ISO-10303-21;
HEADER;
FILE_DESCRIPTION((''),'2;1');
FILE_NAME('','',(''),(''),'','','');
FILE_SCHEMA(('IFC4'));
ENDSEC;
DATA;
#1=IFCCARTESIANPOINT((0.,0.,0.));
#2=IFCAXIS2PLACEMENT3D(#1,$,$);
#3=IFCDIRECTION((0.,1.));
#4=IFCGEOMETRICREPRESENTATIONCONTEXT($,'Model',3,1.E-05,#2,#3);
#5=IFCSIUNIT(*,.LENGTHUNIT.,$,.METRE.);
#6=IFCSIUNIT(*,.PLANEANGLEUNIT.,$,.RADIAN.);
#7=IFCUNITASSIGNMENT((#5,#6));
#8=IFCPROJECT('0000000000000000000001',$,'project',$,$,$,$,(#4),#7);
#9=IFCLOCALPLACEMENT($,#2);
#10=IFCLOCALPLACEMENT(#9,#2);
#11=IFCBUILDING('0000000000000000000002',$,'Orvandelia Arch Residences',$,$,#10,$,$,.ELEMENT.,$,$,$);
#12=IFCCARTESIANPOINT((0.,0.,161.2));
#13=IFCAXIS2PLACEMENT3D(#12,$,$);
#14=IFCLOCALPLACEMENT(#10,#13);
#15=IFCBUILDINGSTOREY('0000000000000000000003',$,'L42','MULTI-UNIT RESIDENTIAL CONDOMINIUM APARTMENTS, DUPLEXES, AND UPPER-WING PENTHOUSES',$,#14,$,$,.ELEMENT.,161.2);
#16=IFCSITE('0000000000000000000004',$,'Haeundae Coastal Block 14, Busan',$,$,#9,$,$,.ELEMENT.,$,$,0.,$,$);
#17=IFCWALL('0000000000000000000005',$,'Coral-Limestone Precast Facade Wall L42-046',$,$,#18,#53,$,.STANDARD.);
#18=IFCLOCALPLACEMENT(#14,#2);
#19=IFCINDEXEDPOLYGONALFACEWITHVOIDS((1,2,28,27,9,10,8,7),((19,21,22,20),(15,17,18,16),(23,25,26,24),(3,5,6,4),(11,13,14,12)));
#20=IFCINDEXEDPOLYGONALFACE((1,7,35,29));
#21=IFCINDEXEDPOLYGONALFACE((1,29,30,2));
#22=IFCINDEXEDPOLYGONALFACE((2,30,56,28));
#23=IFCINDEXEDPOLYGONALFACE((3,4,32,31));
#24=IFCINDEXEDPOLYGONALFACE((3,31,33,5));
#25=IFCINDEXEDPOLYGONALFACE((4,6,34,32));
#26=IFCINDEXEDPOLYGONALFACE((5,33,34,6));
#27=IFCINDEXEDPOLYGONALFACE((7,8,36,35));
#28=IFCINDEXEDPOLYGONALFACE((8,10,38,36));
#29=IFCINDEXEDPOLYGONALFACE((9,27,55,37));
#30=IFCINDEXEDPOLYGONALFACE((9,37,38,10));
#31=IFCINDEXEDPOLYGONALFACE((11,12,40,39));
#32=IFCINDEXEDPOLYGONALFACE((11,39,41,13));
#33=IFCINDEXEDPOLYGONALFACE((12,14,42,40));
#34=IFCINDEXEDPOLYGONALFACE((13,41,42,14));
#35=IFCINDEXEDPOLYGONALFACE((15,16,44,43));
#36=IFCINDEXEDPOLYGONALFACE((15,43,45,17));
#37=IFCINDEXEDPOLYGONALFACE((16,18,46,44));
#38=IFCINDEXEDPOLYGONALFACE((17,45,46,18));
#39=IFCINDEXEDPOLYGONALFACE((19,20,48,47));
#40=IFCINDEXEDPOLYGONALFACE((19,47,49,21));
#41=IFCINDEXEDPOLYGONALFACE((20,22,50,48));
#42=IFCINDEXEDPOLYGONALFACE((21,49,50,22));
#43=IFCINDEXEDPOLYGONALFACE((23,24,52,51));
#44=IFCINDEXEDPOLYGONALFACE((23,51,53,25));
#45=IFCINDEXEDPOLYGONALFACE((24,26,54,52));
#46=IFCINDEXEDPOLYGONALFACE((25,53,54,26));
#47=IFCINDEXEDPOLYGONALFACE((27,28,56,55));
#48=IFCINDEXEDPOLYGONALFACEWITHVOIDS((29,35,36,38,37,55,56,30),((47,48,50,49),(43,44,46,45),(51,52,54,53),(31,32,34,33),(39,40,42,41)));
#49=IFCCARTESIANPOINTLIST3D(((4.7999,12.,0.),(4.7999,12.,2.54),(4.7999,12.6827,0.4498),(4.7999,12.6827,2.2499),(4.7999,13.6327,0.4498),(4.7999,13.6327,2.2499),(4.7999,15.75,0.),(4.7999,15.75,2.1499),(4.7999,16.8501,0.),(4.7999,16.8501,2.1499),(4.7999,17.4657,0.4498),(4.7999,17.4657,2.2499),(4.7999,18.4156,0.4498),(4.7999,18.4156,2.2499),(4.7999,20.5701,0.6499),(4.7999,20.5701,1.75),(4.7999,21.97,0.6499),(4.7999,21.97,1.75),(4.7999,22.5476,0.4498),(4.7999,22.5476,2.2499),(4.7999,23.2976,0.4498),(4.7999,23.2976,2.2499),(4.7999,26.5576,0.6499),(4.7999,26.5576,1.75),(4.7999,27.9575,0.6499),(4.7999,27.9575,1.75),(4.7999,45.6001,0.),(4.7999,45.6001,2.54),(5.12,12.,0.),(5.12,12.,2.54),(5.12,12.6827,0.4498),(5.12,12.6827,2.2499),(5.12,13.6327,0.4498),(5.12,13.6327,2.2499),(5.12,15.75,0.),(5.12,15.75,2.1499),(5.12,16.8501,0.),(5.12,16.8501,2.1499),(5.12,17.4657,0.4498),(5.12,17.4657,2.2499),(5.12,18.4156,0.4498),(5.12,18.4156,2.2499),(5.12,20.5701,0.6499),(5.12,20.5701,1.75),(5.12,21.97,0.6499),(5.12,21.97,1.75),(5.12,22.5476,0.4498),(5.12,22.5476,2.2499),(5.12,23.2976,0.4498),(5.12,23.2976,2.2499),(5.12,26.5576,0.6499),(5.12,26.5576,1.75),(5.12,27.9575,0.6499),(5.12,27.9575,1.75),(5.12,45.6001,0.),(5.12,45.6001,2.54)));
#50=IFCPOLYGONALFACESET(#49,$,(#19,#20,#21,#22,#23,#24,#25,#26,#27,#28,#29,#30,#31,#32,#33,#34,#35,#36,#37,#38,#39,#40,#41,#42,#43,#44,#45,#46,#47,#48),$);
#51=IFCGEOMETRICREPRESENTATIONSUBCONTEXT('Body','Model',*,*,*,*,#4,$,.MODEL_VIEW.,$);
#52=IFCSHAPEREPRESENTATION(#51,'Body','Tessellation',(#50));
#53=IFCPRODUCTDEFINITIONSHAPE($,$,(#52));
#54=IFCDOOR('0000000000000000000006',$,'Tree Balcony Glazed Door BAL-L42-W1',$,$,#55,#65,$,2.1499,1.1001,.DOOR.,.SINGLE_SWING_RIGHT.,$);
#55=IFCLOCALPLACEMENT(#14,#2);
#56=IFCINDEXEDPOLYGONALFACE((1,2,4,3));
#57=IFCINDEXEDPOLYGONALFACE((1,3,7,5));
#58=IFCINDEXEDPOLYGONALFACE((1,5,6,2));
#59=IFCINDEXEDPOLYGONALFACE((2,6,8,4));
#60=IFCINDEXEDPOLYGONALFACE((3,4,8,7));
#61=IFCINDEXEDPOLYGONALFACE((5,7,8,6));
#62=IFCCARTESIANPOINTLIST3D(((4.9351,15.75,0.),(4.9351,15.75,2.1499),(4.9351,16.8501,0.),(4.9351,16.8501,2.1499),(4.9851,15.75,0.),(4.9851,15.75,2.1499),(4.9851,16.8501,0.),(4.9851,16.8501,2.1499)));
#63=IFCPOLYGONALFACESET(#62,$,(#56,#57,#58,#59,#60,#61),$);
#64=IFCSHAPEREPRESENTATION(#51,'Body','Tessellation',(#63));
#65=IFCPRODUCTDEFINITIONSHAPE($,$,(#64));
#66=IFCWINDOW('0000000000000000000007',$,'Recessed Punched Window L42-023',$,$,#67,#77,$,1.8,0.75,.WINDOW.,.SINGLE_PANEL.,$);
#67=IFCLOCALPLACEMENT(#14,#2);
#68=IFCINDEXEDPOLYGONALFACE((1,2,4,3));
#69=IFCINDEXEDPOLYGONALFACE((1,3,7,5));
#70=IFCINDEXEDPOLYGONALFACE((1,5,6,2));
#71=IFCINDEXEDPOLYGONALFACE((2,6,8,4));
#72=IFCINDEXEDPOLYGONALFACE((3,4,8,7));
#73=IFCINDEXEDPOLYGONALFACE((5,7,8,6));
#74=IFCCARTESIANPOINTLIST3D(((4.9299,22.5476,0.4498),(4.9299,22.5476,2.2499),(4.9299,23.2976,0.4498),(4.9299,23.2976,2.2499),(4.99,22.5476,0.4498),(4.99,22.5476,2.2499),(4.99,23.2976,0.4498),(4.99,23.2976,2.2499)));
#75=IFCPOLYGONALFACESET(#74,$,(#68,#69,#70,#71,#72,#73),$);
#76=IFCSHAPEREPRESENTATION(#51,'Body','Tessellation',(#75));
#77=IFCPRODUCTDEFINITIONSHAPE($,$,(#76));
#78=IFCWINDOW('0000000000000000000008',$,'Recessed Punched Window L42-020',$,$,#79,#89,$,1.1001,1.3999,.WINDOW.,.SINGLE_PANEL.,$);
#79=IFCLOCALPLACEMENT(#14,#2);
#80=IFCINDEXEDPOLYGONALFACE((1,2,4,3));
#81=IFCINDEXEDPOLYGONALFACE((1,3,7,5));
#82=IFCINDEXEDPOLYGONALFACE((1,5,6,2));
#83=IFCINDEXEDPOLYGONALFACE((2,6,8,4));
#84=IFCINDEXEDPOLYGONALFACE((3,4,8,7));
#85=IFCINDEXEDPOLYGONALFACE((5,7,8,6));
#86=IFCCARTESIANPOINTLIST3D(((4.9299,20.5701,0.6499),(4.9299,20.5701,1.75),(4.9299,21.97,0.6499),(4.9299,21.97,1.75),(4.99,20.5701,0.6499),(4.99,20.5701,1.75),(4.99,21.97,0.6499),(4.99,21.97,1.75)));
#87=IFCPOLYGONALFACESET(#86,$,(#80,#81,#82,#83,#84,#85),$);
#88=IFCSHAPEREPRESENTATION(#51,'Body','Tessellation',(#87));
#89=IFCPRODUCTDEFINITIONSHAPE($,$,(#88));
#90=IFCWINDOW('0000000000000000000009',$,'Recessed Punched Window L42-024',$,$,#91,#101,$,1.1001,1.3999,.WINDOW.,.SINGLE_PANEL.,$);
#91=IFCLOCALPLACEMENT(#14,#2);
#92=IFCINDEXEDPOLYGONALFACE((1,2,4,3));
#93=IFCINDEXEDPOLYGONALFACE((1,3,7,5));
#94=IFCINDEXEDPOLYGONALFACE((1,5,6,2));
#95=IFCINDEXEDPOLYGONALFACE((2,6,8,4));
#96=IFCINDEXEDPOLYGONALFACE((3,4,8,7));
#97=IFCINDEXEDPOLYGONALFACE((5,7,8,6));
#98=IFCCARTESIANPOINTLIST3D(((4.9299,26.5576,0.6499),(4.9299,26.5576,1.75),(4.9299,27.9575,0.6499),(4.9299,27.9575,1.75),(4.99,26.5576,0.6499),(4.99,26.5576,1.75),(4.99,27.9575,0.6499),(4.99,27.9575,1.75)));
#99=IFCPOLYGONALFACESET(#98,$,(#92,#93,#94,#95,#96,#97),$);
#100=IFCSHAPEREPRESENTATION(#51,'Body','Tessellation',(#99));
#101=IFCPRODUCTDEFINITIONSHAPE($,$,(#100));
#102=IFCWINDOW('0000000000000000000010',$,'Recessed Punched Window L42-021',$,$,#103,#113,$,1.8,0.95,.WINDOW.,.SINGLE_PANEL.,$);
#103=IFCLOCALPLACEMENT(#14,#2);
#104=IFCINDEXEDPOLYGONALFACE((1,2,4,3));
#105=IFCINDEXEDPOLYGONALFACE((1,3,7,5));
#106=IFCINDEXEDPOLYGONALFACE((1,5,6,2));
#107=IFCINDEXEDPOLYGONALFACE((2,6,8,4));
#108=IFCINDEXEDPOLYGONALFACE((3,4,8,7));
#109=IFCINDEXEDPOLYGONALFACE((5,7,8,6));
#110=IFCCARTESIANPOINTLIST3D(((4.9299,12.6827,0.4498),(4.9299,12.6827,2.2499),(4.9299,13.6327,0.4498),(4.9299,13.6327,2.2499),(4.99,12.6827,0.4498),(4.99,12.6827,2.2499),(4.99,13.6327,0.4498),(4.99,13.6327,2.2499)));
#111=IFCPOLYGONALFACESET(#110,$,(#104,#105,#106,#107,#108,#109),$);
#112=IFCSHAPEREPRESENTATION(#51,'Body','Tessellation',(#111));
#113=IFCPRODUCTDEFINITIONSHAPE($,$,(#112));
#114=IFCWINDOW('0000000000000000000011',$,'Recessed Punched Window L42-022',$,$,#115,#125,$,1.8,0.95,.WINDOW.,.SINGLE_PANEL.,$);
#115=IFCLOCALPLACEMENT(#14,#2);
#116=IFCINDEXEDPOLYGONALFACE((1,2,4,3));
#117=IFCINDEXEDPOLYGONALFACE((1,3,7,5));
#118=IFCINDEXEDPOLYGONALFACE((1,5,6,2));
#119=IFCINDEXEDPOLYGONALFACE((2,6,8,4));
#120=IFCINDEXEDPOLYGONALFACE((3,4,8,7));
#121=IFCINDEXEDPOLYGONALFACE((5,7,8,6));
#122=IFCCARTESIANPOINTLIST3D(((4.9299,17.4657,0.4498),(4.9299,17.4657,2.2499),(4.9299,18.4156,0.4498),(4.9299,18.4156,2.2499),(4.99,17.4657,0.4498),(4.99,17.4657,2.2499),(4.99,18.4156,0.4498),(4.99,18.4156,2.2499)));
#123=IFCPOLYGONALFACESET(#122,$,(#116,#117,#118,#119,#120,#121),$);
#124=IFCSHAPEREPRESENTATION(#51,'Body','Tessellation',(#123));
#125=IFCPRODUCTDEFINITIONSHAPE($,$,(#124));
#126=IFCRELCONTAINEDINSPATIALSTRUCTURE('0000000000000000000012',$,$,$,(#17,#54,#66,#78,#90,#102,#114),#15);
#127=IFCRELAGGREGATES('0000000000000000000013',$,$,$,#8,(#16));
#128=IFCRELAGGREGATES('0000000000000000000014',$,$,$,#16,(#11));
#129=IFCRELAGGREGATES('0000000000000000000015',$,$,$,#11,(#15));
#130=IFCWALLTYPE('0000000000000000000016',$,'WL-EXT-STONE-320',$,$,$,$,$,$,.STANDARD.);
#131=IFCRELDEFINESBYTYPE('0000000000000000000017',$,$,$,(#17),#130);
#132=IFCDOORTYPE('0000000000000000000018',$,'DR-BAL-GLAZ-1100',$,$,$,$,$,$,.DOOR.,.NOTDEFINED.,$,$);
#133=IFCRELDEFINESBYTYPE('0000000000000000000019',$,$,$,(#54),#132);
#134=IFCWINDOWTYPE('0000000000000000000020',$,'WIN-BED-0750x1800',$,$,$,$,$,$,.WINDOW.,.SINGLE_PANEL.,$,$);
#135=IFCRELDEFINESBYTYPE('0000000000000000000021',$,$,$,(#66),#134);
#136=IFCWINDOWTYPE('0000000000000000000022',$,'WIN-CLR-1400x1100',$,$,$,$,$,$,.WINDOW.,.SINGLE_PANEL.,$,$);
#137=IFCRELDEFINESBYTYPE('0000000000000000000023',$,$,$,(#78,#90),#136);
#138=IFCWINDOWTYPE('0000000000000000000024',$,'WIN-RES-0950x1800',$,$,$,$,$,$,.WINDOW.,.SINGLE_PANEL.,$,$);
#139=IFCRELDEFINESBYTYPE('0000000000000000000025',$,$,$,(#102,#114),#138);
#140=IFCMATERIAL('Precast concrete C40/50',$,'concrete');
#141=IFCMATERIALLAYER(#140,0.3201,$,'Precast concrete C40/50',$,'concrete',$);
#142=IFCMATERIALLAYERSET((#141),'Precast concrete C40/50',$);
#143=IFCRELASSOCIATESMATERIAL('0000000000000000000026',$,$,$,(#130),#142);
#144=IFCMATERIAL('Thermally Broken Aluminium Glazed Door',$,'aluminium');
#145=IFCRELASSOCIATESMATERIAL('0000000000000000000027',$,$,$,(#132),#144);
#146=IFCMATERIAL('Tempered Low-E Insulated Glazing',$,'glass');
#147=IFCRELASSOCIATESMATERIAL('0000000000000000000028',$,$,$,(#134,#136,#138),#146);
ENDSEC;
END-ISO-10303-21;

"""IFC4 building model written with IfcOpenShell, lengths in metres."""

from ifc_helpers import new_model, si_unit, direction, frame, frame_2d, origin, place, context, subcontext, project, spatial, rectangle, extrude, material, layer, layer_set, type_object, element, fill, save


model = new_model("IFC4")

# Units and contexts
model_context = context("Model", 3, precision=1e-05, world=origin(), true_north=direction((0.0, 1.0)))
body_context = subcontext(model_context, "Body", "Model", "MODEL_VIEW")
ifc_project = project(units=[si_unit("LENGTHUNIT", "METRE"), si_unit("PLANEANGLEUNIT", "RADIAN")], contexts=[model_context])

# Site, building, storey
site_placement = place(None, origin())
site = spatial("IfcSite", under=ifc_project, at=site_placement, Name="Haeundae Coastal Block 14, Busan", CompositionType="ELEMENT", RefElevation=0.0)
building_placement = place(site_placement, origin())
building = spatial("IfcBuilding", under=site, at=building_placement, Name="Orvandelia Arch Residences", CompositionType="ELEMENT")
storey_placement = place(building_placement, frame((0.0, 0.0, 161.2)))
storey = spatial("IfcBuildingStorey", under=building, at=storey_placement, Name="L42", Description="MULTI-UNIT RESIDENTIAL CONDOMINIUM APARTMENTS, DUPLEXES, AND UPPER-WING PENTHOUSES", CompositionType="ELEMENT", Elevation=161.2)

# Shared definitions
ifc_material_1 = material(Name="Precast concrete C40/50", Category="concrete")

# Shared definitions
ifc_layer_1 = layer(ifc_material_1, 0.3201, Name="Precast concrete C40/50", Category="concrete")
ifc_layer_set_1 = layer_set([ifc_layer_1], Name="Precast concrete C40/50")
wall_type_1 = type_object("IfcWallType", Name="WL-EXT-STONE-320", PredefinedType="STANDARD", material=ifc_layer_set_1)

# Wall, openings, door, windows
wall_1_placement = place(storey_placement, frame((4.96, 12.0, 0.0), z_axis=(0.0, 0.0, 1.0), x_axis=(0.0, 1.0, 0.0)))
wall_1 = element("IfcWall", 1, at=wall_1_placement, inside=storey, type_object=wall_type_1, Name="Coral-Limestone Precast Facade Wall L42-046", PredefinedType="STANDARD", context=body_context, shape_type="SweptSolid", body=[
    extrude(rectangle(XDim=33.6001, YDim=0.3201, at=frame_2d((16.8, 0.0))), origin(), (0.0, 0.0, 1.0), 2.54),
])
opening_1_placement = place(wall_1_placement, frame((3.75, 0.0, 0.0)))
opening_1 = element("IfcOpeningElement", 2, at=opening_1_placement, cuts=wall_1, PredefinedType="OPENING", context=body_context, shape_type="SweptSolid", body=[
    extrude(rectangle(XDim=1.1001, YDim=2.1499, at=frame_2d((0.55, 1.075))), frame((0.0, 0.1699, 0.0), z_axis=(0.0, -1.0, 0.0), x_axis=(1.0, 0.0, 0.0)), (0.0, 0.0, 1.0), 0.3401),
])
opening_2_placement = place(wall_1_placement, frame((8.5701, 0.0, 0.6499)))
opening_2 = element("IfcOpeningElement", 3, at=opening_2_placement, cuts=wall_1, PredefinedType="OPENING", context=body_context, shape_type="SweptSolid", body=[
    extrude(rectangle(XDim=1.3999, YDim=1.1001, at=frame_2d((0.7, 0.55))), frame((0.0, 0.1699, 0.0), z_axis=(0.0, -1.0, 0.0), x_axis=(1.0, 0.0, 0.0)), (0.0, 0.0, 1.0), 0.3401),
])
opening_3_placement = place(wall_1_placement, frame((0.6826, 0.0, 0.45)))
opening_3 = element("IfcOpeningElement", 4, at=opening_3_placement, cuts=wall_1, PredefinedType="OPENING", context=body_context, shape_type="SweptSolid", body=[
    extrude(rectangle(XDim=0.95, YDim=1.8, at=frame_2d((0.4751, 0.8999))), frame((0.0, 0.1699, 0.0), z_axis=(0.0, -1.0, 0.0), x_axis=(1.0, 0.0, 0.0)), (0.0, 0.0, 1.0), 0.3401),
])
opening_4_placement = place(wall_1_placement, frame((5.4656, 0.0, 0.45)))
opening_4 = element("IfcOpeningElement", 5, at=opening_4_placement, cuts=wall_1, PredefinedType="OPENING", context=body_context, shape_type="SweptSolid", body=[
    extrude(rectangle(XDim=0.95, YDim=1.8, at=frame_2d((0.4751, 0.8999))), frame((0.0, 0.1699, 0.0), z_axis=(0.0, -1.0, 0.0), x_axis=(1.0, 0.0, 0.0)), (0.0, 0.0, 1.0), 0.3401),
])
opening_5_placement = place(wall_1_placement, frame((10.5476, 0.0, 0.45)))
opening_5 = element("IfcOpeningElement", 6, at=opening_5_placement, cuts=wall_1, PredefinedType="OPENING", context=body_context, shape_type="SweptSolid", body=[
    extrude(rectangle(XDim=0.75, YDim=1.8, at=frame_2d((0.375, 0.8999))), frame((0.0, 0.1699, 0.0), z_axis=(0.0, -1.0, 0.0), x_axis=(1.0, 0.0, 0.0)), (0.0, 0.0, 1.0), 0.3401),
])
opening_6_placement = place(wall_1_placement, frame((14.5576, 0.0, 0.6499)))
opening_6 = element("IfcOpeningElement", 7, at=opening_6_placement, cuts=wall_1, PredefinedType="OPENING", context=body_context, shape_type="SweptSolid", body=[
    extrude(rectangle(XDim=1.3999, YDim=1.1001, at=frame_2d((0.7, 0.55))), frame((0.0, 0.1699, 0.0), z_axis=(0.0, -1.0, 0.0), x_axis=(1.0, 0.0, 0.0)), (0.0, 0.0, 1.0), 0.3401),
])
ifc_material_2 = material(Name="Thermally Broken Aluminium Glazed Door", Category="aluminium")
door_type_1 = type_object("IfcDoorType", Name="DR-BAL-GLAZ-1100", OperationType="NOTDEFINED", PredefinedType="DOOR", material=ifc_material_2)
door_1_placement = place(opening_1_placement, origin())
door_1 = element("IfcDoor", 8, at=door_1_placement, inside=storey, type_object=door_type_1, Name="Tree Balcony Glazed Door BAL-L42-W1", OperationType="SINGLE_SWING_RIGHT", OverallHeight=2.1499, OverallWidth=1.1001, PredefinedType="DOOR", context=body_context, shape_type="SweptSolid", body=[
    extrude(rectangle(XDim=1.1001, YDim=2.1499, at=frame_2d((0.55, 1.075))), frame((0.0, 0.0249, 0.0), z_axis=(0.0, -1.0, 0.0), x_axis=(1.0, 0.0, 0.0)), (0.0, 0.0, 1.0), 0.05),
])
fill(opening_1, door_1)
ifc_material_3 = material(Name="Tempered Low-E Insulated Glazing", Category="glass")
window_type_1 = type_object("IfcWindowType", Name="WIN-BED-0750x1800", PartitioningType="SINGLE_PANEL", PredefinedType="WINDOW", material=ifc_material_3)
window_1_placement = place(opening_5_placement, origin())
window_1 = element("IfcWindow", 9, at=window_1_placement, inside=storey, type_object=window_type_1, Name="Recessed Punched Window L42-023", OverallHeight=1.8, OverallWidth=0.75, PartitioningType="SINGLE_PANEL", PredefinedType="WINDOW", context=body_context, shape_type="SweptSolid", body=[
    extrude(rectangle(XDim=0.75, YDim=1.8, at=frame_2d((0.375, 0.8999))), frame((0.0, 0.03, 0.0), z_axis=(0.0, -1.0, 0.0), x_axis=(1.0, 0.0, 0.0)), (0.0, 0.0, 1.0), 0.0601),
])
fill(opening_5, window_1)
window_type_2 = type_object("IfcWindowType", Name="WIN-CLR-1400x1100", PartitioningType="SINGLE_PANEL", PredefinedType="WINDOW", material=ifc_material_3)
window_2_placement = place(opening_2_placement, origin())
window_2 = element("IfcWindow", 10, at=window_2_placement, inside=storey, type_object=window_type_2, Name="Recessed Punched Window L42-020", OverallHeight=1.1001, OverallWidth=1.3999, PartitioningType="SINGLE_PANEL", PredefinedType="WINDOW", context=body_context, shape_type="SweptSolid", body=[
    extrude(rectangle(XDim=1.3999, YDim=1.1001, at=frame_2d((0.7, 0.55))), frame((0.0, 0.03, 0.0), z_axis=(0.0, -1.0, 0.0), x_axis=(1.0, 0.0, 0.0)), (0.0, 0.0, 1.0), 0.0601),
])
fill(opening_2, window_2)
window_3_placement = place(opening_6_placement, origin())
window_3 = element("IfcWindow", 11, at=window_3_placement, inside=storey, type_object=window_type_2, Name="Recessed Punched Window L42-024", OverallHeight=1.1001, OverallWidth=1.3999, PartitioningType="SINGLE_PANEL", PredefinedType="WINDOW", context=body_context, shape_type="SweptSolid", body=[
    extrude(rectangle(XDim=1.3999, YDim=1.1001, at=frame_2d((0.7, 0.55))), frame((0.0, 0.03, 0.0), z_axis=(0.0, -1.0, 0.0), x_axis=(1.0, 0.0, 0.0)), (0.0, 0.0, 1.0), 0.0601),
])
fill(opening_6, window_3)
window_type_3 = type_object("IfcWindowType", Name="WIN-RES-0950x1800", PartitioningType="SINGLE_PANEL", PredefinedType="WINDOW", material=ifc_material_3)
window_4_placement = place(opening_3_placement, origin())
window_4 = element("IfcWindow", 12, at=window_4_placement, inside=storey, type_object=window_type_3, Name="Recessed Punched Window L42-021", OverallHeight=1.8, OverallWidth=0.95, PartitioningType="SINGLE_PANEL", PredefinedType="WINDOW", context=body_context, shape_type="SweptSolid", body=[
    extrude(rectangle(XDim=0.95, YDim=1.8, at=frame_2d((0.4751, 0.8999))), frame((0.0, 0.03, 0.0), z_axis=(0.0, -1.0, 0.0), x_axis=(1.0, 0.0, 0.0)), (0.0, 0.0, 1.0), 0.0601),
])
fill(opening_3, window_4)
window_5_placement = place(opening_4_placement, origin())
window_5 = element("IfcWindow", 13, at=window_5_placement, inside=storey, type_object=window_type_3, Name="Recessed Punched Window L42-022", OverallHeight=1.8, OverallWidth=0.95, PartitioningType="SINGLE_PANEL", PredefinedType="WINDOW", context=body_context, shape_type="SweptSolid", body=[
    extrude(rectangle(XDim=0.95, YDim=1.8, at=frame_2d((0.4751, 0.8999))), frame((0.0, 0.03, 0.0), z_axis=(0.0, -1.0, 0.0), x_axis=(1.0, 0.0, 0.0)), (0.0, 0.0, 1.0), 0.0601),
])
fill(opening_4, window_5)

save(model, "model.ifc")
